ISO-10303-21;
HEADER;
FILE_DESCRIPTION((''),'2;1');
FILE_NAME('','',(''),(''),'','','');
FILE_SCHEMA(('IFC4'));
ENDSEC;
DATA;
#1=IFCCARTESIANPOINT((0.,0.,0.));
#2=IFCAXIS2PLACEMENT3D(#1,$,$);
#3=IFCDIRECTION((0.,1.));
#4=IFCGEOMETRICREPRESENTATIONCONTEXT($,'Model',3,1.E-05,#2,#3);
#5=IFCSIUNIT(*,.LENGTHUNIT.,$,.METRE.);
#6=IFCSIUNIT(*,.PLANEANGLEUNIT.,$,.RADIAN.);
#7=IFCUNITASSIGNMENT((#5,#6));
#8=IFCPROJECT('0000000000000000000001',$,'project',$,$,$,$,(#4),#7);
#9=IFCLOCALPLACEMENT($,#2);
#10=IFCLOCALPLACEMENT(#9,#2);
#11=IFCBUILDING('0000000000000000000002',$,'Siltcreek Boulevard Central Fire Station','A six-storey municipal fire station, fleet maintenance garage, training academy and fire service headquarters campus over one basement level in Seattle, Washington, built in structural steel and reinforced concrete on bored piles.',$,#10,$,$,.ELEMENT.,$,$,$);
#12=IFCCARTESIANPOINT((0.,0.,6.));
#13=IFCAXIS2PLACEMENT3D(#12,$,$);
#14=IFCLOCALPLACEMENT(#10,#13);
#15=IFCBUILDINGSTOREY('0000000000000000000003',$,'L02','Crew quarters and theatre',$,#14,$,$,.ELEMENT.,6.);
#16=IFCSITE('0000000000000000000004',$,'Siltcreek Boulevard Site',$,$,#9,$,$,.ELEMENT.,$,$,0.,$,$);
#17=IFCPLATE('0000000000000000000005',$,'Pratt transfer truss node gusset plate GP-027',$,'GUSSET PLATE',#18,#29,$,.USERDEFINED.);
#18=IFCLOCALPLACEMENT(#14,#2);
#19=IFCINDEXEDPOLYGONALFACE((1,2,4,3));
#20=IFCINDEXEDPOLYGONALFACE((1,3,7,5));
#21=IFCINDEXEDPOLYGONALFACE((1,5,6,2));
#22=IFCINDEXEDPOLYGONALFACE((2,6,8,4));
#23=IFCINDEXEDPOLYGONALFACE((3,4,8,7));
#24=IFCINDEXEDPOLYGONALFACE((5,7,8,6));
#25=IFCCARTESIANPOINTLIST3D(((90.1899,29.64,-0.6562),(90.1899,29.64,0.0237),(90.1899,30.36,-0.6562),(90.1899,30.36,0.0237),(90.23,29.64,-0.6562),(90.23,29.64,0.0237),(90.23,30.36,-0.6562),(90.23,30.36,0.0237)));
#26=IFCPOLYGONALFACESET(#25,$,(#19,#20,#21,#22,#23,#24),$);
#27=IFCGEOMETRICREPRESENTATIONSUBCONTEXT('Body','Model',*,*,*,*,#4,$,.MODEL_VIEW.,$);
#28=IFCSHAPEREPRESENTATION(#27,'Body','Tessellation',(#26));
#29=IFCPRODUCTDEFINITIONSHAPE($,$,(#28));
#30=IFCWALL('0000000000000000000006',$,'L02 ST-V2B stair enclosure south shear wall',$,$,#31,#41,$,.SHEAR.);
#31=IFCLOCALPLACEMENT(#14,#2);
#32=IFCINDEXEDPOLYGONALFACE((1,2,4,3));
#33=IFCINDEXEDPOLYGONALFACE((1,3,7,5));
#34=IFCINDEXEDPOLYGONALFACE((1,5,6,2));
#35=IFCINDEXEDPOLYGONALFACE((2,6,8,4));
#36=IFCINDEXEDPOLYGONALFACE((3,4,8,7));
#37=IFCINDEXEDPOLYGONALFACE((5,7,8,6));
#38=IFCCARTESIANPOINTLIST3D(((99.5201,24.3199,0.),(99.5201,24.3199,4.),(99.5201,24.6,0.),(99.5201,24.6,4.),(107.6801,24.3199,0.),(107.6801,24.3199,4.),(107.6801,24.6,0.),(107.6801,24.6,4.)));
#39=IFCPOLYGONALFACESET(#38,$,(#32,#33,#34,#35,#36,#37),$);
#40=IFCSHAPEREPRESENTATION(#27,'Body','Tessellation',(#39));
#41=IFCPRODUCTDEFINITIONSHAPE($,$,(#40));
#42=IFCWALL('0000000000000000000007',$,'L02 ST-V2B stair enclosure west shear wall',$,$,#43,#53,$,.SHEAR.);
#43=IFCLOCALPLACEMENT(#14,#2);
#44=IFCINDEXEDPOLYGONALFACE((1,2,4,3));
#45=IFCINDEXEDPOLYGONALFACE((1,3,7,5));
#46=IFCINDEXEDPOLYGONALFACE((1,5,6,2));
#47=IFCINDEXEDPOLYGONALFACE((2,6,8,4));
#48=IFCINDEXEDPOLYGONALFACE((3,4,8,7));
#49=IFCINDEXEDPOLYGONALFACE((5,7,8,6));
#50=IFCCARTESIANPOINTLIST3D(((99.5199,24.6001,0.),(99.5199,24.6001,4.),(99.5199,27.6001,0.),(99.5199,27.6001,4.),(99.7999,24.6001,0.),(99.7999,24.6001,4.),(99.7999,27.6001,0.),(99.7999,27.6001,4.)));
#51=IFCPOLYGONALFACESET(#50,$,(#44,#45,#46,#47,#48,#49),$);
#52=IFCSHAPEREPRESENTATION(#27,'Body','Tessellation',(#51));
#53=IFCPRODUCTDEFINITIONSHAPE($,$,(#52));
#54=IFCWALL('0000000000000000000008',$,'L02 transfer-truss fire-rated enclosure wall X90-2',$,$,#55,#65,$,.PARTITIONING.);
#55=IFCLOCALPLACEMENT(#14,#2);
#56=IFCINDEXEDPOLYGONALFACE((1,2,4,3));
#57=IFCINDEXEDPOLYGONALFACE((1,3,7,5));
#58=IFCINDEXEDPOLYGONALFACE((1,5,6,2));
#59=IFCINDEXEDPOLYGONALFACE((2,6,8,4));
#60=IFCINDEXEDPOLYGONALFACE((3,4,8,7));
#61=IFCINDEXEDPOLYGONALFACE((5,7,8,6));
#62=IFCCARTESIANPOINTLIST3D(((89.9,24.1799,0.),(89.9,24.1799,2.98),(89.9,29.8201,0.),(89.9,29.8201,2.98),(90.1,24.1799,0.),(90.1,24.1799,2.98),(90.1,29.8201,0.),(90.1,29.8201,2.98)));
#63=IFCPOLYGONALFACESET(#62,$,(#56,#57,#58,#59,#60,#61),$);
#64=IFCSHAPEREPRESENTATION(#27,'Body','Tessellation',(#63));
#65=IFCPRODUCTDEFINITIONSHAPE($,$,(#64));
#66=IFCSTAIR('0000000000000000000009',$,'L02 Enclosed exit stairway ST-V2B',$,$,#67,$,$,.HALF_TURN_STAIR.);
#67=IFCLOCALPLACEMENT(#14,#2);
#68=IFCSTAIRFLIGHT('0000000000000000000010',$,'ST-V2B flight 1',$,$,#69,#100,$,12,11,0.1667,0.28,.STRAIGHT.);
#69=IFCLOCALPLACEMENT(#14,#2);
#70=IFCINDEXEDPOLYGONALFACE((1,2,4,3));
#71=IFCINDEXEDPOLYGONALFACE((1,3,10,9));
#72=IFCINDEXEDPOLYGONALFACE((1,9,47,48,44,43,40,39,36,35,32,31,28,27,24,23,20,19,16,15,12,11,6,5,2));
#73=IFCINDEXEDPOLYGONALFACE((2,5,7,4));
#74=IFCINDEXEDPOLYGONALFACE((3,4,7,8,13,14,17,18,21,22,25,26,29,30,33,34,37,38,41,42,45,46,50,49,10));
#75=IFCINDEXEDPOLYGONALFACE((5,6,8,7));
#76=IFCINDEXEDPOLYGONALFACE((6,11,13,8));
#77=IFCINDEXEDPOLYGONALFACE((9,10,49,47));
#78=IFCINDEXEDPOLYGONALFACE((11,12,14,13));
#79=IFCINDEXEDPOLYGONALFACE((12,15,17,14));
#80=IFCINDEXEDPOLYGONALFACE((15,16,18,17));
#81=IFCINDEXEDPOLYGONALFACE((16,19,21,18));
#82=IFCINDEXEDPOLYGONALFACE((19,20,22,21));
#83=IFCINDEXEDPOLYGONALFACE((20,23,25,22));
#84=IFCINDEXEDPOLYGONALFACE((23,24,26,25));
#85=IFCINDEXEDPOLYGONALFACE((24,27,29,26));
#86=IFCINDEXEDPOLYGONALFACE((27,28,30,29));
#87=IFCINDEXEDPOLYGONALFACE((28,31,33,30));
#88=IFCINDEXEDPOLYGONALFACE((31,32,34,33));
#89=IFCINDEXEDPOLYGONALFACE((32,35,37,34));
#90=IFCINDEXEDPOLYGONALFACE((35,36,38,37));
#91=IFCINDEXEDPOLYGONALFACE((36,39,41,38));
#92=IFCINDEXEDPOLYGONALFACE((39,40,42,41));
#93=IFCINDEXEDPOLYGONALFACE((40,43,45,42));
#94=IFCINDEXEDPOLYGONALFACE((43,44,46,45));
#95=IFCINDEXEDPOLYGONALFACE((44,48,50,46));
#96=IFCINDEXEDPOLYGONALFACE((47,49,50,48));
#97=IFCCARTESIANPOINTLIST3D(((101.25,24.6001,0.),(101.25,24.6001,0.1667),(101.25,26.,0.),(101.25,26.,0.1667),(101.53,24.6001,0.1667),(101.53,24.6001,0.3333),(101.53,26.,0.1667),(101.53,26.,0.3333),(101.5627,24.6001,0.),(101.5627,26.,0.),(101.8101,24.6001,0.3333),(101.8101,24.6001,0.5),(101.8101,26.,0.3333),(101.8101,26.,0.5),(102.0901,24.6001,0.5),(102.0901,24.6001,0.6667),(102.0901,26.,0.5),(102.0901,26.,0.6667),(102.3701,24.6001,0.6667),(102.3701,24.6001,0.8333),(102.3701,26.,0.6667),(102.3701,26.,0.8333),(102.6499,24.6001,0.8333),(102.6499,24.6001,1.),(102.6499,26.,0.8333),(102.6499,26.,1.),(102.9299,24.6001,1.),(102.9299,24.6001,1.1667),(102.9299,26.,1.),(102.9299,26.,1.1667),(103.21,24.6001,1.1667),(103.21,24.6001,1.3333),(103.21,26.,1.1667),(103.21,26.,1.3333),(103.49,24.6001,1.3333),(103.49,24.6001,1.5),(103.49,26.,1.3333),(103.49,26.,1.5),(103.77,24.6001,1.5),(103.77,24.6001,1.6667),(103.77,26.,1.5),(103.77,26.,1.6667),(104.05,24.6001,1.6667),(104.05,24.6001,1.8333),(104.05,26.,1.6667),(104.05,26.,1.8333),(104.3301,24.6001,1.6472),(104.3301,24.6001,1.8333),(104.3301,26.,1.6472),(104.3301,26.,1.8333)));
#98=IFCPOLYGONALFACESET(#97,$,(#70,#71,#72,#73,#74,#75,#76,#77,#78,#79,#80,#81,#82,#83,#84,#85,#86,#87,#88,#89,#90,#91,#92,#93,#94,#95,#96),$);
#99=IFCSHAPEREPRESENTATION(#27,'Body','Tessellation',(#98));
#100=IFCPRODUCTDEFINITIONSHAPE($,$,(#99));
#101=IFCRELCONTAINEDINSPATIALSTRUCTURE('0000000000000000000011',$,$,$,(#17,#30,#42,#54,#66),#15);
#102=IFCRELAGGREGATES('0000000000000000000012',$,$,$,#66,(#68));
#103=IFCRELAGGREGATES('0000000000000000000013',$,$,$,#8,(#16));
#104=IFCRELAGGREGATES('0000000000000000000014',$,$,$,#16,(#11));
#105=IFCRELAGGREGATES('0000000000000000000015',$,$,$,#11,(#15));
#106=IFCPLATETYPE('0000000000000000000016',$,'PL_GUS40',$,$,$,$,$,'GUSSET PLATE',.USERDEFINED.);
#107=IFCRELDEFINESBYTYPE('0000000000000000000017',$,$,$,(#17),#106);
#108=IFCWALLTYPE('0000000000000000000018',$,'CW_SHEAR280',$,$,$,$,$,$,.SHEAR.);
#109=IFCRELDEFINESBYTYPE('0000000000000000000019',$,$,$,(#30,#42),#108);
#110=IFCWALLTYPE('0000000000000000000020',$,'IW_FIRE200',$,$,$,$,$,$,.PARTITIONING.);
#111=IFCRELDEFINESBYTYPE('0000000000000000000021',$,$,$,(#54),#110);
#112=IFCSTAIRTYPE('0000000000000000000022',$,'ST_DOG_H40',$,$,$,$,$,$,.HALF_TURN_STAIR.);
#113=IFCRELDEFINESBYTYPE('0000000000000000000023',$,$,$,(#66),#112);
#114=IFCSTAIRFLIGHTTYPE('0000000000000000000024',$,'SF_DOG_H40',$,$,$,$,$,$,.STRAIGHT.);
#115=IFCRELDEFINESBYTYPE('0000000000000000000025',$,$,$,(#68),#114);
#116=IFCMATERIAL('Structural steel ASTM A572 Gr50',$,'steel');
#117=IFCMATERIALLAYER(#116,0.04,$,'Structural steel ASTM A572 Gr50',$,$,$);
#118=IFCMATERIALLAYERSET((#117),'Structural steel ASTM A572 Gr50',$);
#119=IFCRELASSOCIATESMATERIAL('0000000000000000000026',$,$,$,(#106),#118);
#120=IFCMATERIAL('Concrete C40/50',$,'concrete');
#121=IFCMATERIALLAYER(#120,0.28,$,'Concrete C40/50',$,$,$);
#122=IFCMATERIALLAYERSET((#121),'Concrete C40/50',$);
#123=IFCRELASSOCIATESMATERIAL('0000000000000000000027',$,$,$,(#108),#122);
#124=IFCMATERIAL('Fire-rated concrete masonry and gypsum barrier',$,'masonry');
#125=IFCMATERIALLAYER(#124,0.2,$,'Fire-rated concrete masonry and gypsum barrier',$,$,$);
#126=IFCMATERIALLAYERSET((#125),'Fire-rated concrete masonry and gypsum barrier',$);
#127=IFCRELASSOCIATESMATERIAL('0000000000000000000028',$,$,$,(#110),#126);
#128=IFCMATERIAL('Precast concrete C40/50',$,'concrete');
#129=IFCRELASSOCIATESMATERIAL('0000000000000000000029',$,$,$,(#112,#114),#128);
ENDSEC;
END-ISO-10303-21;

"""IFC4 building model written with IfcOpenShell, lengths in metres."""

from ifc_helpers import new_model, si_unit, direction, frame, frame_2d, origin, origin_2d, place, context, subcontext, project, spatial, polyline, rectangle, outline, extrude, material, layer, layer_set, type_object, element, aggregate, save


model = new_model("IFC4")

# Units and contexts
model_context = context("Model", 3, precision=1e-05, world=origin(), true_north=direction((0.0, 1.0)))
body_context = subcontext(model_context, "Body", "Model", "MODEL_VIEW")
ifc_project = project(units=[si_unit("LENGTHUNIT", "METRE"), si_unit("PLANEANGLEUNIT", "RADIAN")], contexts=[model_context])

# Site, building, storey
site_placement = place(None, origin())
site = spatial("IfcSite", under=ifc_project, at=site_placement, Name="Siltcreek Boulevard Site", CompositionType="ELEMENT", RefElevation=0.0)
building_placement = place(site_placement, origin())
building = spatial("IfcBuilding", under=site, at=building_placement, Name="Siltcreek Boulevard Central Fire Station", Description="A six-storey municipal fire station, fleet maintenance garage, training academy and fire service headquarters campus over one basement level in Seattle, Washington, built in structural steel and reinforced concrete on bored piles.", CompositionType="ELEMENT")
storey_placement = place(building_placement, frame((0.0, 0.0, 6.0)))
storey = spatial("IfcBuildingStorey", under=building, at=storey_placement, Name="L02", Description="Crew quarters and theatre", CompositionType="ELEMENT", Elevation=6.0)

# Plate
ifc_material_1 = material(Name="Structural steel ASTM A572 Gr50", Category="steel")
ifc_layer_1 = layer(ifc_material_1, 0.04, Name="Structural steel ASTM A572 Gr50")
ifc_layer_set_1 = layer_set([ifc_layer_1], Name="Structural steel ASTM A572 Gr50")
plate_type_1 = type_object("IfcPlateType", Name="PL_GUS40", ElementType="GUSSET PLATE", PredefinedType="USERDEFINED", material=ifc_layer_set_1)
for number, where, z_axis, x_axis, name in (
    (1, (90.21, 30.0, -0.6562), (0.0, 0.0, 1.0), (1.0, 0.0, 0.0), "Pratt transfer truss node gusset plate GP-027"),
):
    element("IfcPlate", number, at=place(storey_placement, frame(where, z_axis=z_axis, x_axis=x_axis)), inside=storey, type_object=plate_type_1, Name=name, ObjectType="GUSSET PLATE", PredefinedType="USERDEFINED", context=body_context, shape_type="SweptSolid", body=[
        extrude(rectangle(XDim=0.04, YDim=0.72, at=origin_2d()), origin(), (0.0, 0.0, 1.0), 0.6799),
    ])

# Walls
ifc_material_2 = material(Name="Concrete C40/50", Category="concrete")
ifc_layer_2 = layer(ifc_material_2, 0.28, Name="Concrete C40/50")
ifc_layer_set_2 = layer_set([ifc_layer_2], Name="Concrete C40/50")
wall_type_1 = type_object("IfcWallType", Name="CW_SHEAR280", PredefinedType="SHEAR", material=ifc_layer_set_2)
wall_1_placement = place(storey_placement, frame((99.52, 24.46, 0.0), z_axis=(0.0, 0.0, 1.0), x_axis=(1.0, 0.0, 0.0)))
element("IfcWall", 2, at=wall_1_placement, inside=storey, type_object=wall_type_1, Name="L02 ST-V2B stair enclosure south shear wall", PredefinedType="SHEAR", context=body_context, shape_type="SweptSolid", body=[
    extrude(rectangle(XDim=8.1599, YDim=0.28, at=frame_2d((4.0801, 0.0))), origin(), (0.0, 0.0, 1.0), 4.0),
])
wall_2_placement = place(storey_placement, frame((99.6599, 27.6001, 0.0), z_axis=(0.0, 0.0, 1.0), x_axis=(0.0, -1.0, 0.0)))
element("IfcWall", 3, at=wall_2_placement, inside=storey, type_object=wall_type_1, Name="L02 ST-V2B stair enclosure west shear wall", PredefinedType="SHEAR", context=body_context, shape_type="SweptSolid", body=[
    extrude(rectangle(XDim=3.0, YDim=0.28, at=frame_2d((1.5, 0.0))), origin(), (0.0, 0.0, 1.0), 4.0),
])
ifc_material_3 = material(Name="Fire-rated concrete masonry and gypsum barrier", Category="masonry")
ifc_layer_3 = layer(ifc_material_3, 0.2, Name="Fire-rated concrete masonry and gypsum barrier")
ifc_layer_set_3 = layer_set([ifc_layer_3], Name="Fire-rated concrete masonry and gypsum barrier")
wall_type_2 = type_object("IfcWallType", Name="IW_FIRE200", PredefinedType="PARTITIONING", material=ifc_layer_set_3)
wall_3_placement = place(storey_placement, frame((90.0, 24.1799, 0.0), z_axis=(0.0, 0.0, 1.0), x_axis=(0.0, 1.0, 0.0)))
element("IfcWall", 4, at=wall_3_placement, inside=storey, type_object=wall_type_2, Name="L02 transfer-truss fire-rated enclosure wall X90-2", PredefinedType="PARTITIONING", context=body_context, shape_type="SweptSolid", body=[
    extrude(rectangle(XDim=5.6401, YDim=0.2, at=frame_2d((2.8201, 0.0))), origin(), (0.0, 0.0, 1.0), 2.98),
])

# Stair, stair flight
ifc_material_4 = material(Name="Precast concrete C40/50", Category="concrete")
stair_type = type_object("IfcStairType", Name="ST_DOG_H40", PredefinedType="HALF_TURN_STAIR", material=ifc_material_4)
stair_placement = place(storey_placement, origin())
stair = element("IfcStair", 5, at=stair_placement, inside=storey, type_object=stair_type, Name="L02 Enclosed exit stairway ST-V2B", PredefinedType="HALF_TURN_STAIR")
stair_flight_type = type_object("IfcStairFlightType", Name="SF_DOG_H40", PredefinedType="STRAIGHT", material=ifc_material_4)
stair_flight_placement = place(storey_placement, frame((101.25, 25.3, 0.0), z_axis=(0.0, 0.0, 1.0), x_axis=(1.0, 0.0, 0.0)))
stair_flight = element("IfcStairFlight", 6, at=stair_flight_placement, type_object=stair_flight_type, Name="ST-V2B flight 1", NumberOfRisers=12, NumberOfTreads=11, PredefinedType="STRAIGHT", RiserHeight=0.1667, TreadLength=0.28, context=body_context, shape_type="SweptSolid", body=[
    extrude(outline(polyline([(0.0, 0.0), (0.0, 0.1667), (0.28, 0.1667), (0.28, 0.3333), (0.5601, 0.3333), (0.5601, 0.5), (0.8401, 0.5), (0.8401, 0.6667), (1.1201, 0.6667), (1.1201, 0.8333), (1.3999, 0.8333), (1.3999, 1.0), (1.6799, 1.0), (1.6799, 1.1667), (1.96, 1.1667), (1.96, 1.3333), (2.24, 1.3333), (2.24, 1.5), (2.52, 1.5), (2.52, 1.6667), (2.8, 1.6667), (2.8, 1.8333), (3.0801, 1.8333), (3.0801, 2.0), (3.0801, 1.6472), (0.3127, 0.0), (0.0, 0.0)])), frame((0.0, 0.7, 0.0), z_axis=(0.0, -1.0, 0.0), x_axis=(1.0, 0.0, 0.0)), (0.0, 0.0, 1.0), 1.3999),
])
aggregate(stair, [stair_flight])

save(model, "model.ifc")
